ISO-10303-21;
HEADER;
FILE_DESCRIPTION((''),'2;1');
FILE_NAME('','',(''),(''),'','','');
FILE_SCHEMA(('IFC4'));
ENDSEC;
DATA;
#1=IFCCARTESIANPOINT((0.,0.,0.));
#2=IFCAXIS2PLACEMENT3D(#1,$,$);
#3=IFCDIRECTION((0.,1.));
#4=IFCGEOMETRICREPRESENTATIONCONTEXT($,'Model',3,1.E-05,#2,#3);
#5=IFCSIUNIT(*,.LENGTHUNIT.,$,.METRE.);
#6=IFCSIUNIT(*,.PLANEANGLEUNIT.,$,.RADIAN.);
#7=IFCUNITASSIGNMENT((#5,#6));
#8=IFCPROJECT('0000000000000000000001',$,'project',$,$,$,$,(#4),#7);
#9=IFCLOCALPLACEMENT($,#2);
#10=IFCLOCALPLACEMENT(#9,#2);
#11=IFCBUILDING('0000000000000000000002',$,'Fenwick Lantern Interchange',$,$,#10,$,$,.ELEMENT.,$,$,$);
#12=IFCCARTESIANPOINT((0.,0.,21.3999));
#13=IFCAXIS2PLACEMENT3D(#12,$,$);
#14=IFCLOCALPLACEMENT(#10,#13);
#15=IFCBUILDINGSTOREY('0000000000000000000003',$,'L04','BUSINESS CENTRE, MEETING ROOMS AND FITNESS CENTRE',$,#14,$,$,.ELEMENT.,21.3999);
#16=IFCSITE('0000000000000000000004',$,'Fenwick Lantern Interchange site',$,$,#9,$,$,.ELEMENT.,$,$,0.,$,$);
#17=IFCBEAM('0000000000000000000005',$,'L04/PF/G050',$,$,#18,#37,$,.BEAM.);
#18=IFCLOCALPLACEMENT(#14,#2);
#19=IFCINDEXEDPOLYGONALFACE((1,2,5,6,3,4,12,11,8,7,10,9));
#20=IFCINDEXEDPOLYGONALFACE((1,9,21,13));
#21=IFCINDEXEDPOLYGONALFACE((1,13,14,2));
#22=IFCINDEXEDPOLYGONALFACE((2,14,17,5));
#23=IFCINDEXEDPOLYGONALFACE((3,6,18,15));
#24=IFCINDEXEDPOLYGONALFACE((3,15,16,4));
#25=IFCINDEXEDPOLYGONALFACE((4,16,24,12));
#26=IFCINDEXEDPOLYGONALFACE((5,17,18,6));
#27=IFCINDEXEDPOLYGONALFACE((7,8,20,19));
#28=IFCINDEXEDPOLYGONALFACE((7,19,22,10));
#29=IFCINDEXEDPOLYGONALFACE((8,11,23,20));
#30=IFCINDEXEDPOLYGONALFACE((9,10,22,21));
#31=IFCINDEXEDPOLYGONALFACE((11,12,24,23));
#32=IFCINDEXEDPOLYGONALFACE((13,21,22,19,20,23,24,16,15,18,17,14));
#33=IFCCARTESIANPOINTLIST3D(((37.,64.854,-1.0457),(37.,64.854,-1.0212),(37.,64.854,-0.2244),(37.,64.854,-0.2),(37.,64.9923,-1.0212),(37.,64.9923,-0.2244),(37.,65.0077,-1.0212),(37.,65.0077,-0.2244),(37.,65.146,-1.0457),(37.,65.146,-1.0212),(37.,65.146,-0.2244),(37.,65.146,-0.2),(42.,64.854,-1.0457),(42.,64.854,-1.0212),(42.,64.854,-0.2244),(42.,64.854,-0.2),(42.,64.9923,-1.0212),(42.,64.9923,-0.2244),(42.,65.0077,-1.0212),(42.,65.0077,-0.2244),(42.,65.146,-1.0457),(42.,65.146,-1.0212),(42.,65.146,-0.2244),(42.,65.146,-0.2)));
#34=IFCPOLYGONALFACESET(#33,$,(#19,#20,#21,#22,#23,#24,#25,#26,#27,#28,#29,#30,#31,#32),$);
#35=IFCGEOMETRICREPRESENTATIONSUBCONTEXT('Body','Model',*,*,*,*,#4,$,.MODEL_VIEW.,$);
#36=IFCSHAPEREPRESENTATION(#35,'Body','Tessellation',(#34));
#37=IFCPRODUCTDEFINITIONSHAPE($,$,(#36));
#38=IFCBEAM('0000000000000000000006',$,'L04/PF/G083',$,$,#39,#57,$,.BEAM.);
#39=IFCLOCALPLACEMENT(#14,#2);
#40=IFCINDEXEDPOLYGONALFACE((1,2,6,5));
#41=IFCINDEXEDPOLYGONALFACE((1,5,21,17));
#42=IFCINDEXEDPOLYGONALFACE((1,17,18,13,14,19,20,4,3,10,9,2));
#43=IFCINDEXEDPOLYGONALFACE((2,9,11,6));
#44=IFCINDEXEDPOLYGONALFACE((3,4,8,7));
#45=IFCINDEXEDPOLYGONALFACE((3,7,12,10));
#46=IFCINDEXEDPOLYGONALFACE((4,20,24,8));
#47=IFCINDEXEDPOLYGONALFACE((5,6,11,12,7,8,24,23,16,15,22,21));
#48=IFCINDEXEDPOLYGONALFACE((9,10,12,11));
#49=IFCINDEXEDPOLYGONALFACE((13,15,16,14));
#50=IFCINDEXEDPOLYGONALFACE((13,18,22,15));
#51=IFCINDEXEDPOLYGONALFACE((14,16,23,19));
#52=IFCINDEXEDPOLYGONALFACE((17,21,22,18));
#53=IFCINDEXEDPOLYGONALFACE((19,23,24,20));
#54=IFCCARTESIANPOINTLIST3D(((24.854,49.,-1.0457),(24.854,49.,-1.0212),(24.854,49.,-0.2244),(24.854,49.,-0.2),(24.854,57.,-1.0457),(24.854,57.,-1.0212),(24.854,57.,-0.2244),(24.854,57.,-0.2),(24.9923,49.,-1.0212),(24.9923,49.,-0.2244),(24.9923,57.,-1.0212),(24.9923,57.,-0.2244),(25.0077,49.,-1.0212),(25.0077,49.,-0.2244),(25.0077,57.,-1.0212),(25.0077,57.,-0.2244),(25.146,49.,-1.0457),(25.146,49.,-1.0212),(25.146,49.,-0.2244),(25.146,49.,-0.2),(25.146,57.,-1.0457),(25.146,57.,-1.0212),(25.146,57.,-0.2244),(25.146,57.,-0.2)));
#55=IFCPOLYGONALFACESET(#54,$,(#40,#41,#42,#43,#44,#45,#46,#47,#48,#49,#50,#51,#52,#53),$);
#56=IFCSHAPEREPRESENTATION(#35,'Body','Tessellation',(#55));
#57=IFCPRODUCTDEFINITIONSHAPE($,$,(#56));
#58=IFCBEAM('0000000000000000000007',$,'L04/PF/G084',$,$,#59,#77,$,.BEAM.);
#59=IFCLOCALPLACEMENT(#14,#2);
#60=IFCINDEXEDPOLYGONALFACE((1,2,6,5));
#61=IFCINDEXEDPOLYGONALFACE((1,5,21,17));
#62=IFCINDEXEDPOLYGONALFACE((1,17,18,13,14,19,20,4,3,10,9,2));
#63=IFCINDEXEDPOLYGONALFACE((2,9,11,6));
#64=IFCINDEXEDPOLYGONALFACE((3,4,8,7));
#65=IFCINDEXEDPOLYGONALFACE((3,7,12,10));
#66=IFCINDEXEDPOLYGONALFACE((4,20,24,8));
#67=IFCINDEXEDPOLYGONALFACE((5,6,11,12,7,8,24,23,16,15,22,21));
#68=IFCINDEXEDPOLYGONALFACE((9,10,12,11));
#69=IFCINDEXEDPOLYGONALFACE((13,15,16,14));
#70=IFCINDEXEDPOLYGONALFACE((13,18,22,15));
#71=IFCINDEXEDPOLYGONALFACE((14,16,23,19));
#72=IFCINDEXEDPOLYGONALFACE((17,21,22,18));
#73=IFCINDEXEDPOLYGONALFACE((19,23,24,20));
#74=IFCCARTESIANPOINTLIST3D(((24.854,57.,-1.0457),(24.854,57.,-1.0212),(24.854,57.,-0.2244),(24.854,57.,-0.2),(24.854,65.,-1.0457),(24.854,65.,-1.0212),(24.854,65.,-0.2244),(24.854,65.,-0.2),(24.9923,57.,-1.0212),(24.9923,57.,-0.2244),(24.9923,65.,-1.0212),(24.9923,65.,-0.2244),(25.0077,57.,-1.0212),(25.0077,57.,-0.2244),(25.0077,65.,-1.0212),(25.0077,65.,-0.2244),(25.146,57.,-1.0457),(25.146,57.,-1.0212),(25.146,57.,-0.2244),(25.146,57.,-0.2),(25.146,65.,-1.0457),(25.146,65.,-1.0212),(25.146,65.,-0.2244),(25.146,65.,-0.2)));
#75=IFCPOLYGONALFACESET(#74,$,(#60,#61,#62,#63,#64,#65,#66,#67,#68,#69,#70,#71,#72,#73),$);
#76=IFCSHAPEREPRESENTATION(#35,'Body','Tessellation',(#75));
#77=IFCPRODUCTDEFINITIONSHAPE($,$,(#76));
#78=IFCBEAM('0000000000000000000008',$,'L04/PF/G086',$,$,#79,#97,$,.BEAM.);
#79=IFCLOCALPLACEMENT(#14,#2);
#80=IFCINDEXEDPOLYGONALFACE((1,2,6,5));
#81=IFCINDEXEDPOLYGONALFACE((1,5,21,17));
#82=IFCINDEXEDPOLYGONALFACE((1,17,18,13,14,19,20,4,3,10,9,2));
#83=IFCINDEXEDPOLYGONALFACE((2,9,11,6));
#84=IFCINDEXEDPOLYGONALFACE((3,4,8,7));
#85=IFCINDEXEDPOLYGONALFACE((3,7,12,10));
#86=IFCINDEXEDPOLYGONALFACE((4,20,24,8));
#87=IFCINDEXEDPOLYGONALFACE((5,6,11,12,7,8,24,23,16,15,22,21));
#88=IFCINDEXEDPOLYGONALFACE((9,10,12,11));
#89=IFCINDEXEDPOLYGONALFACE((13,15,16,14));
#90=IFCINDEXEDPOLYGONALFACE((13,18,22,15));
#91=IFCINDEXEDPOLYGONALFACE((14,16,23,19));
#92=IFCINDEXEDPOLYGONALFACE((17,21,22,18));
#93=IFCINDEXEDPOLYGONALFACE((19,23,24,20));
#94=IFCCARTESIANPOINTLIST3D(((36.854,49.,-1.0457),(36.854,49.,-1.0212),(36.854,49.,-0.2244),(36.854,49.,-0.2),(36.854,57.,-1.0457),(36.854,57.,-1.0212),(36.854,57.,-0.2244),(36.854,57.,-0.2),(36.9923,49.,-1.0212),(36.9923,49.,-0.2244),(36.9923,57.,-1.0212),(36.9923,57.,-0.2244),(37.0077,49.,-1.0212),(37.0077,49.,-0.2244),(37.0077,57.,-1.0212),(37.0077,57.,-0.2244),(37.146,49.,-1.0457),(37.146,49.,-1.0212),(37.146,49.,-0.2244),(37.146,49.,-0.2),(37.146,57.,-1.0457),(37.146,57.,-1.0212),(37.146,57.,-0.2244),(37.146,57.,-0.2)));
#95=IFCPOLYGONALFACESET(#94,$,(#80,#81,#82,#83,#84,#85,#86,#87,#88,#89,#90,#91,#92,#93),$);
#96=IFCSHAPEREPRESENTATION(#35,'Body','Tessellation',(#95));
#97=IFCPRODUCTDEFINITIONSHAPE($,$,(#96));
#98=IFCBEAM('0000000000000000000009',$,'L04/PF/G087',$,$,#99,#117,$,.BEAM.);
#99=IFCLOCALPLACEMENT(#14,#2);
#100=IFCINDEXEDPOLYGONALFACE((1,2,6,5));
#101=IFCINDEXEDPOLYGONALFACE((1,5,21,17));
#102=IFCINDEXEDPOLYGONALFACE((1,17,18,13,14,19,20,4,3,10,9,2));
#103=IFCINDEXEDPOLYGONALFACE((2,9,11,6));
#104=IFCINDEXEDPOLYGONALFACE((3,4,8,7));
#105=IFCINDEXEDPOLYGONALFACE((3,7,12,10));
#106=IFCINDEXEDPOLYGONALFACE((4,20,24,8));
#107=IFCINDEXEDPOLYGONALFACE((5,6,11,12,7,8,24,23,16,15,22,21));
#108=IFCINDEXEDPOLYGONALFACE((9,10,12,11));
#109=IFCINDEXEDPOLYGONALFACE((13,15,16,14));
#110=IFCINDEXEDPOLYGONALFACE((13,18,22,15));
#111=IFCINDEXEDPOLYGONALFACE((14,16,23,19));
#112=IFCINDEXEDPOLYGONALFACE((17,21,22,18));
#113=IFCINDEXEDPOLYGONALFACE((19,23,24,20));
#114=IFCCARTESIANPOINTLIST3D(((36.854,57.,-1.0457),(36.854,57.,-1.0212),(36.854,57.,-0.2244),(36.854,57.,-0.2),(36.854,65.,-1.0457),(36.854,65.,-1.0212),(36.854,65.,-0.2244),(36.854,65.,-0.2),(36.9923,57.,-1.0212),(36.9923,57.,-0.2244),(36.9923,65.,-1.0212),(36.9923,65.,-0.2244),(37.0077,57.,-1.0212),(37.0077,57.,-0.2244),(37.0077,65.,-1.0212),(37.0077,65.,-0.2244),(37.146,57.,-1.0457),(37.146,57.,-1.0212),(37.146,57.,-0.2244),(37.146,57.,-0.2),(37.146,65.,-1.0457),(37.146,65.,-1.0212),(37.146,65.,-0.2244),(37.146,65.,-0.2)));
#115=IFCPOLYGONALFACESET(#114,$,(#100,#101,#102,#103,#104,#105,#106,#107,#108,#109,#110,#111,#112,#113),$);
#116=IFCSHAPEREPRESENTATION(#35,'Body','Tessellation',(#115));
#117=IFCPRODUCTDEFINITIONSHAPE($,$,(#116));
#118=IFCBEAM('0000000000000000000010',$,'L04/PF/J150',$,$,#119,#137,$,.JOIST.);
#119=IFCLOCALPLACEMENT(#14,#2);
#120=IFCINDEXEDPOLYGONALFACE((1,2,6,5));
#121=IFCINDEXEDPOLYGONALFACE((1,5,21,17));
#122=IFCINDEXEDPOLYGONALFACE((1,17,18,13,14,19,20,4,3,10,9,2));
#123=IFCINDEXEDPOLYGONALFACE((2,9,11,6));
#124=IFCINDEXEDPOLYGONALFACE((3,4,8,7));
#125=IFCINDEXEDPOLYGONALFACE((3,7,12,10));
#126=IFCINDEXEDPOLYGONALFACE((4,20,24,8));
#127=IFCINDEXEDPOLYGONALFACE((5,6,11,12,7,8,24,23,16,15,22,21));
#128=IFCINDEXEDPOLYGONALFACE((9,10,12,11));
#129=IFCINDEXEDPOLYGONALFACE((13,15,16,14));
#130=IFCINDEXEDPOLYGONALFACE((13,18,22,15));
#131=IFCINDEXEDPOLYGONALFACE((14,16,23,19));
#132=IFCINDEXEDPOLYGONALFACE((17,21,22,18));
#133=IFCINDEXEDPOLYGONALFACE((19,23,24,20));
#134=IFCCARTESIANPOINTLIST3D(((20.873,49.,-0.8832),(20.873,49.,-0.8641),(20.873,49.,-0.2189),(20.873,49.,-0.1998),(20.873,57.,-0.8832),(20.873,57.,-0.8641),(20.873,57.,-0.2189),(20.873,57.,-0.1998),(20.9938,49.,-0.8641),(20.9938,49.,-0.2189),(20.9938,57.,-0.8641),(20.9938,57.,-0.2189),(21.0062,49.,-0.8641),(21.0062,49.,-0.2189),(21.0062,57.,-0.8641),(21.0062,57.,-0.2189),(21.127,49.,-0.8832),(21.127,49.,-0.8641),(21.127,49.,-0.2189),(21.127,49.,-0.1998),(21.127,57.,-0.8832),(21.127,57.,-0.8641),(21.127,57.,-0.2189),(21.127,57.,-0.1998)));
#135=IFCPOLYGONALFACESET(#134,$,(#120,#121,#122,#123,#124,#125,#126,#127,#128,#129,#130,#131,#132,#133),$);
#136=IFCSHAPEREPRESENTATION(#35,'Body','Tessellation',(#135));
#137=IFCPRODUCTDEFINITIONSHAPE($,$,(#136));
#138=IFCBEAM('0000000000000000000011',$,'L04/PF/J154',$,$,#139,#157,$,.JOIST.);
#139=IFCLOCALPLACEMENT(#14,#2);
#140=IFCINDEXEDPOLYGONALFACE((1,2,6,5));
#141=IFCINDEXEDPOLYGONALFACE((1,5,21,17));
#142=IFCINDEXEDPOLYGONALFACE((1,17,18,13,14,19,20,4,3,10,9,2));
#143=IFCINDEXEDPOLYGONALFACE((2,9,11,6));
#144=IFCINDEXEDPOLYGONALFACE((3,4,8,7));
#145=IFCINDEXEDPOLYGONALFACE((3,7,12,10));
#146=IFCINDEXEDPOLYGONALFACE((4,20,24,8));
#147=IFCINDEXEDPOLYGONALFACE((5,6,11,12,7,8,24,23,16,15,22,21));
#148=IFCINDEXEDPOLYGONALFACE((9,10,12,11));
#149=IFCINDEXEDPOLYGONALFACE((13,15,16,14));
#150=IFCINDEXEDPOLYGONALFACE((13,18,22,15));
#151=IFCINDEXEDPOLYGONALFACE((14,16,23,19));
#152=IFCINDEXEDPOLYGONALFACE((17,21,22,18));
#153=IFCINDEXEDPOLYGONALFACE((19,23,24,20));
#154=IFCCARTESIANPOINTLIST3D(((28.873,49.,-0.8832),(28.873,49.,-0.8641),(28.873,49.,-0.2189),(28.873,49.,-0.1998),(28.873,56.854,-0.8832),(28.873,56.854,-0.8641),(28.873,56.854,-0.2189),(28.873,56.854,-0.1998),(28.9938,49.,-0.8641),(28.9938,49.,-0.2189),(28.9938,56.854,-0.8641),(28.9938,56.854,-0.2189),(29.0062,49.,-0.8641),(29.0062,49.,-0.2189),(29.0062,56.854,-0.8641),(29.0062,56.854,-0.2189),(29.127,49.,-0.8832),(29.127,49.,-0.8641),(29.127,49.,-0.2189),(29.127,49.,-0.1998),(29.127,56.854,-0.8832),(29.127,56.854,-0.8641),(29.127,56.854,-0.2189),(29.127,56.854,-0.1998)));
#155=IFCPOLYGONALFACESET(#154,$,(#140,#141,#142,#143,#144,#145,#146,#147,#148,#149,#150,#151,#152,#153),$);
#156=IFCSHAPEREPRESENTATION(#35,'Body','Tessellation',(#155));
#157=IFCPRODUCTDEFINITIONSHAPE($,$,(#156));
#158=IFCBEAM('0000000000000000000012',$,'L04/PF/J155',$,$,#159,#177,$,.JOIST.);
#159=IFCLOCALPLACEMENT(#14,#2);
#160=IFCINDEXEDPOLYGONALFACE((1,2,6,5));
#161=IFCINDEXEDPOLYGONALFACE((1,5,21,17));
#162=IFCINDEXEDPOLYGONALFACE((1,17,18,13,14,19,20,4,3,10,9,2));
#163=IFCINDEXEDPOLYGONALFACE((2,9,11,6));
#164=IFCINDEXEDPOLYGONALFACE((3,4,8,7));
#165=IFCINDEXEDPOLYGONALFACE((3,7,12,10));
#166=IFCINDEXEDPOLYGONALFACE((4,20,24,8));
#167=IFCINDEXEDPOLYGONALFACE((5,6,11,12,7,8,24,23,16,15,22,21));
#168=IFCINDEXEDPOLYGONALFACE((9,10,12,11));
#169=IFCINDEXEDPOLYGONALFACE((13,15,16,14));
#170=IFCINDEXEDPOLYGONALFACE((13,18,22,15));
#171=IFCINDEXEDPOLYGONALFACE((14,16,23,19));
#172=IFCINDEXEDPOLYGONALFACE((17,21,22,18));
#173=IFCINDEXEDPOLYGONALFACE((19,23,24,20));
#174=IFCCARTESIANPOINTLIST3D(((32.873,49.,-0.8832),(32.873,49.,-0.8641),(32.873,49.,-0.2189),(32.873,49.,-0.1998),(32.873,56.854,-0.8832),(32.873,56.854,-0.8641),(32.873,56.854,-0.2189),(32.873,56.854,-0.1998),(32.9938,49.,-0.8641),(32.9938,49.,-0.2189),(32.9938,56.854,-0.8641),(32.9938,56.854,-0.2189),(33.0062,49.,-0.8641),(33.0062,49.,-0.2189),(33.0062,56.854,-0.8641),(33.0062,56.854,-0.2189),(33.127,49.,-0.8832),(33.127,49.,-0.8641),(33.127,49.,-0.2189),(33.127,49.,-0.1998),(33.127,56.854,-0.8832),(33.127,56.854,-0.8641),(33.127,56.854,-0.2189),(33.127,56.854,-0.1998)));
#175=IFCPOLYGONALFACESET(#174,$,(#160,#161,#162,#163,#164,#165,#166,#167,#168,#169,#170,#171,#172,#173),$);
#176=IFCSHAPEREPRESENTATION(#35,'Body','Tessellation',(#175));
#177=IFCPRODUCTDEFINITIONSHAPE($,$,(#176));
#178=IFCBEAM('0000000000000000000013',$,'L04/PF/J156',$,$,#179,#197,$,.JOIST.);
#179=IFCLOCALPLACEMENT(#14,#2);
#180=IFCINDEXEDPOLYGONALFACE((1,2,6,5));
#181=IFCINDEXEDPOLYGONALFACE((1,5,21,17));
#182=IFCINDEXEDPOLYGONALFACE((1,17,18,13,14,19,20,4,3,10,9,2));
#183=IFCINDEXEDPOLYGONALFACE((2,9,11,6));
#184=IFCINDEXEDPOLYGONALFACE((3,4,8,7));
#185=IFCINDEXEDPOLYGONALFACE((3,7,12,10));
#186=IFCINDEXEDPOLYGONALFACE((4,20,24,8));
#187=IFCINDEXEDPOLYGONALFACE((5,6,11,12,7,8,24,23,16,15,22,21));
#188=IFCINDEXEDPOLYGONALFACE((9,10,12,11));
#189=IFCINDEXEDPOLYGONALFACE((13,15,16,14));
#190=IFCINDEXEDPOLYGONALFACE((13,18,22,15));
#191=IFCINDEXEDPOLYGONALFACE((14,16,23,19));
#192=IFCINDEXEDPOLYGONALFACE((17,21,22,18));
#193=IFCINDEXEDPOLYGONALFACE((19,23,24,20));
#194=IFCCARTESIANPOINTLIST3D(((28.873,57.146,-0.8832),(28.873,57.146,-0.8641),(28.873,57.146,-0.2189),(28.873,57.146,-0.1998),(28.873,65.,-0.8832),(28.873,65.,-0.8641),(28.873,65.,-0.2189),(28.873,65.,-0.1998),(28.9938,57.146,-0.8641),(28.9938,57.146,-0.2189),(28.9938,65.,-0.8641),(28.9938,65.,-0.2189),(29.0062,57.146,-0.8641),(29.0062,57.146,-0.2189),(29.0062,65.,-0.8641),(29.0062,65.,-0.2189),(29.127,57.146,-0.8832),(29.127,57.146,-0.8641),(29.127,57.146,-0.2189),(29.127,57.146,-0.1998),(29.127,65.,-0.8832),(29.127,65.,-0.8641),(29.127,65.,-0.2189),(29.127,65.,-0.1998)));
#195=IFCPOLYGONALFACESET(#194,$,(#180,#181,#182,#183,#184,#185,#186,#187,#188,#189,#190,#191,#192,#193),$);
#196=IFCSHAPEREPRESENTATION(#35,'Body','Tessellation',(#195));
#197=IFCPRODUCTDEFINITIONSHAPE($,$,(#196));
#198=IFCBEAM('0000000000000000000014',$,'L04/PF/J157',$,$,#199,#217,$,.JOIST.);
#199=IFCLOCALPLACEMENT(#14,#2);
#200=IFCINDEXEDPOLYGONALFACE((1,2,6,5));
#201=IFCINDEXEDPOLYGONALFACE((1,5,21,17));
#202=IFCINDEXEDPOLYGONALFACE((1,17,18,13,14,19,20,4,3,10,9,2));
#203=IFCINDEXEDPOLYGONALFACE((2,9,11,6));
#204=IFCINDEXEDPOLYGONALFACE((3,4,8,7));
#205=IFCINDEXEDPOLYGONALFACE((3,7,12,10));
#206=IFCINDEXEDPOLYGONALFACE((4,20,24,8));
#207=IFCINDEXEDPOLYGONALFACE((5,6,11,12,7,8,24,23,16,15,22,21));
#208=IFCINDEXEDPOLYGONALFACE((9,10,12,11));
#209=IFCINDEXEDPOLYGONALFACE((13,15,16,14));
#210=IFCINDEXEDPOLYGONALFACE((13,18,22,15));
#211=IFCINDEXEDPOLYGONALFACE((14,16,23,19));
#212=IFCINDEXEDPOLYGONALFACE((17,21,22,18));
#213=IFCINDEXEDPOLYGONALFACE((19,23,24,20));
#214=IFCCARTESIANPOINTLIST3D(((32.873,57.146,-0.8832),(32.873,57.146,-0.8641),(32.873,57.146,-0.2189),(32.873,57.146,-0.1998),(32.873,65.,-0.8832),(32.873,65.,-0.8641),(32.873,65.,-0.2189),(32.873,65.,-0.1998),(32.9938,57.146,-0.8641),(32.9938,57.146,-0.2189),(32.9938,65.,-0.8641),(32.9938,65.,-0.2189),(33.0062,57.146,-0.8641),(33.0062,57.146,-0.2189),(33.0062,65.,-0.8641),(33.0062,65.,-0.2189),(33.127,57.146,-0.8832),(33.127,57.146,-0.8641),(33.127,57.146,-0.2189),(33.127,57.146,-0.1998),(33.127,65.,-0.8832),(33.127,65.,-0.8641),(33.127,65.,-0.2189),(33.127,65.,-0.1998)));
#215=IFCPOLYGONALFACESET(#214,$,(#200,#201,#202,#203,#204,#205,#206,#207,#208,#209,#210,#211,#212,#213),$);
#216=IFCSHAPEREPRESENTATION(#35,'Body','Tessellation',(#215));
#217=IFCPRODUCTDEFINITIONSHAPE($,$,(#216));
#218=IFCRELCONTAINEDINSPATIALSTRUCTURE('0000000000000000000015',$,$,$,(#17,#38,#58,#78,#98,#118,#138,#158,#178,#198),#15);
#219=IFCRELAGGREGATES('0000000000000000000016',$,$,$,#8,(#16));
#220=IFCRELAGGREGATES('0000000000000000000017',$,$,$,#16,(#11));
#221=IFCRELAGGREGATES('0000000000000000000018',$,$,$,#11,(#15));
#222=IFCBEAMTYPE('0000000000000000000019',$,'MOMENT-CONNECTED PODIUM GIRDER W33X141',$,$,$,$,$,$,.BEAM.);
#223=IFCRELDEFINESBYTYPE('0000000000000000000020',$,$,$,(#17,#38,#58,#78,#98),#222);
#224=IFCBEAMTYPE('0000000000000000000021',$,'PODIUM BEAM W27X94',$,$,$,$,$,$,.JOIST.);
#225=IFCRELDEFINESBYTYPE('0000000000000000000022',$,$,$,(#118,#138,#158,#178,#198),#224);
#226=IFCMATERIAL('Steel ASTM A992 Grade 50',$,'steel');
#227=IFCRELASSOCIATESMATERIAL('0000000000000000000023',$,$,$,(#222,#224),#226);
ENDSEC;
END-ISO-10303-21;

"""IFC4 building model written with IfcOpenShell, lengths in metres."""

from ifc_helpers import new_model, si_unit, direction, frame, origin, origin_2d, place, context, subcontext, project, spatial, i_section, extrude, material, material_profile, profile_set, type_object, element, save


model = new_model("IFC4")

# Units and contexts
model_context = context("Model", 3, precision=1e-05, world=origin(), true_north=direction((0.0, 1.0)))
body_context = subcontext(model_context, "Body", "Model", "MODEL_VIEW")
ifc_project = project(units=[si_unit("LENGTHUNIT", "METRE"), si_unit("PLANEANGLEUNIT", "RADIAN")], contexts=[model_context])

# Site, building, storey
site_placement = place(None, origin())
site = spatial("IfcSite", under=ifc_project, at=site_placement, Name="Fenwick Lantern Interchange site", CompositionType="ELEMENT", RefElevation=0.0)
building_placement = place(site_placement, origin())
building = spatial("IfcBuilding", under=site, at=building_placement, Name="Fenwick Lantern Interchange", CompositionType="ELEMENT")
storey_placement = place(building_placement, frame((0.0, 0.0, 21.3999)))
storey = spatial("IfcBuildingStorey", under=building, at=storey_placement, Name="L04", Description="BUSINESS CENTRE, MEETING ROOMS AND FITNESS CENTRE", CompositionType="ELEMENT", Elevation=21.3999)

# Shared definitions
ifc_material_1 = material(Name="Steel ASTM A992 Grade 50", Category="steel")

# Beams
ifc_material_profile_1 = material_profile(ifc_material_1, i_section(OverallWidth=0.292, OverallDepth=0.8457, WebThickness=0.0154, FlangeThickness=0.0244, at=origin_2d()), Name="W33X141")
ifc_profile_set_1 = profile_set([ifc_material_profile_1], Name="Steel ASTM A992 Grade 50")
beam_type_1 = type_object("IfcBeamType", Name="MOMENT-CONNECTED PODIUM GIRDER W33X141", PredefinedType="BEAM", material=ifc_profile_set_1)
beam_1_placement = place(storey_placement, frame((37.0, 65.0, -0.6228), z_axis=(1.0, 0.0, 0.0), x_axis=(0.0, 1.0, 0.0)))
element("IfcBeam", 1, at=beam_1_placement, inside=storey, type_object=beam_type_1, Name="L04/PF/G050", PredefinedType="BEAM", context=body_context, shape_type="SweptSolid", body=[
    extrude(i_section(OverallWidth=0.292, OverallDepth=0.8457, WebThickness=0.0154, FlangeThickness=0.0244, at=origin_2d()), origin(), (0.0, 0.0, 1.0), 5.0),
])
for number, where, z_axis, x_axis, name in (
    (2, (25.0, 49.0, -0.6228), (0.0, 1.0, 0.0), (-1.0, 0.0, 0.0), "L04/PF/G083"),
    (3, (25.0, 57.0, -0.6228), (0.0, 1.0, 0.0), (-1.0, 0.0, 0.0), "L04/PF/G084"),
    (4, (37.0, 49.0, -0.6228), (0.0, 1.0, 0.0), (-1.0, 0.0, 0.0), "L04/PF/G086"),
    (5, (37.0, 57.0, -0.6228), (0.0, 1.0, 0.0), (-1.0, 0.0, 0.0), "L04/PF/G087"),
):
    element("IfcBeam", number, at=place(storey_placement, frame(where, z_axis=z_axis, x_axis=x_axis)), inside=storey, type_object=beam_type_1, Name=name, PredefinedType="BEAM", context=body_context, shape_type="SweptSolid", body=[
        extrude(i_section(OverallWidth=0.292, OverallDepth=0.8457, WebThickness=0.0154, FlangeThickness=0.0244, at=origin_2d()), origin(), (0.0, 0.0, 1.0), 8.0),
    ])
ifc_material_profile_2 = material_profile(ifc_material_1, i_section(OverallWidth=0.2539, OverallDepth=0.6833, WebThickness=0.0125, FlangeThickness=0.019, at=origin_2d()), Name="W27X94")
ifc_profile_set_2 = profile_set([ifc_material_profile_2], Name="Steel ASTM A992 Grade 50")
beam_type_2 = type_object("IfcBeamType", Name="PODIUM BEAM W27X94", PredefinedType="JOIST", material=ifc_profile_set_2)
beam_2_placement = place(storey_placement, frame((21.0, 49.0, -0.5415), z_axis=(0.0, 1.0, 0.0), x_axis=(-1.0, 0.0, 0.0)))
element("IfcBeam", 6, at=beam_2_placement, inside=storey, type_object=beam_type_2, Name="L04/PF/J150", PredefinedType="JOIST", context=body_context, shape_type="SweptSolid", body=[
    extrude(i_section(OverallWidth=0.2539, OverallDepth=0.6833, WebThickness=0.0125, FlangeThickness=0.019, at=origin_2d()), origin(), (0.0, 0.0, 1.0), 8.0),
])
for number, where, z_axis, x_axis, name in (
    (7, (29.0, 49.0, -0.5415), (0.0, 1.0, 0.0), (-1.0, 0.0, 0.0), "L04/PF/J154"),
    (8, (33.0, 49.0, -0.5415), (0.0, 1.0, 0.0), (-1.0, 0.0, 0.0), "L04/PF/J155"),
    (9, (29.0, 57.146, -0.5415), (0.0, 1.0, 0.0), (-1.0, 0.0, 0.0), "L04/PF/J156"),
    (10, (33.0, 57.146, -0.5415), (0.0, 1.0, 0.0), (-1.0, 0.0, 0.0), "L04/PF/J157"),
):
    element("IfcBeam", number, at=place(storey_placement, frame(where, z_axis=z_axis, x_axis=x_axis)), inside=storey, type_object=beam_type_2, Name=name, PredefinedType="JOIST", context=body_context, shape_type="SweptSolid", body=[
        extrude(i_section(OverallWidth=0.2539, OverallDepth=0.6833, WebThickness=0.0125, FlangeThickness=0.019, at=origin_2d()), origin(), (0.0, 0.0, 1.0), 7.854),
    ])

save(model, "model.ifc")
